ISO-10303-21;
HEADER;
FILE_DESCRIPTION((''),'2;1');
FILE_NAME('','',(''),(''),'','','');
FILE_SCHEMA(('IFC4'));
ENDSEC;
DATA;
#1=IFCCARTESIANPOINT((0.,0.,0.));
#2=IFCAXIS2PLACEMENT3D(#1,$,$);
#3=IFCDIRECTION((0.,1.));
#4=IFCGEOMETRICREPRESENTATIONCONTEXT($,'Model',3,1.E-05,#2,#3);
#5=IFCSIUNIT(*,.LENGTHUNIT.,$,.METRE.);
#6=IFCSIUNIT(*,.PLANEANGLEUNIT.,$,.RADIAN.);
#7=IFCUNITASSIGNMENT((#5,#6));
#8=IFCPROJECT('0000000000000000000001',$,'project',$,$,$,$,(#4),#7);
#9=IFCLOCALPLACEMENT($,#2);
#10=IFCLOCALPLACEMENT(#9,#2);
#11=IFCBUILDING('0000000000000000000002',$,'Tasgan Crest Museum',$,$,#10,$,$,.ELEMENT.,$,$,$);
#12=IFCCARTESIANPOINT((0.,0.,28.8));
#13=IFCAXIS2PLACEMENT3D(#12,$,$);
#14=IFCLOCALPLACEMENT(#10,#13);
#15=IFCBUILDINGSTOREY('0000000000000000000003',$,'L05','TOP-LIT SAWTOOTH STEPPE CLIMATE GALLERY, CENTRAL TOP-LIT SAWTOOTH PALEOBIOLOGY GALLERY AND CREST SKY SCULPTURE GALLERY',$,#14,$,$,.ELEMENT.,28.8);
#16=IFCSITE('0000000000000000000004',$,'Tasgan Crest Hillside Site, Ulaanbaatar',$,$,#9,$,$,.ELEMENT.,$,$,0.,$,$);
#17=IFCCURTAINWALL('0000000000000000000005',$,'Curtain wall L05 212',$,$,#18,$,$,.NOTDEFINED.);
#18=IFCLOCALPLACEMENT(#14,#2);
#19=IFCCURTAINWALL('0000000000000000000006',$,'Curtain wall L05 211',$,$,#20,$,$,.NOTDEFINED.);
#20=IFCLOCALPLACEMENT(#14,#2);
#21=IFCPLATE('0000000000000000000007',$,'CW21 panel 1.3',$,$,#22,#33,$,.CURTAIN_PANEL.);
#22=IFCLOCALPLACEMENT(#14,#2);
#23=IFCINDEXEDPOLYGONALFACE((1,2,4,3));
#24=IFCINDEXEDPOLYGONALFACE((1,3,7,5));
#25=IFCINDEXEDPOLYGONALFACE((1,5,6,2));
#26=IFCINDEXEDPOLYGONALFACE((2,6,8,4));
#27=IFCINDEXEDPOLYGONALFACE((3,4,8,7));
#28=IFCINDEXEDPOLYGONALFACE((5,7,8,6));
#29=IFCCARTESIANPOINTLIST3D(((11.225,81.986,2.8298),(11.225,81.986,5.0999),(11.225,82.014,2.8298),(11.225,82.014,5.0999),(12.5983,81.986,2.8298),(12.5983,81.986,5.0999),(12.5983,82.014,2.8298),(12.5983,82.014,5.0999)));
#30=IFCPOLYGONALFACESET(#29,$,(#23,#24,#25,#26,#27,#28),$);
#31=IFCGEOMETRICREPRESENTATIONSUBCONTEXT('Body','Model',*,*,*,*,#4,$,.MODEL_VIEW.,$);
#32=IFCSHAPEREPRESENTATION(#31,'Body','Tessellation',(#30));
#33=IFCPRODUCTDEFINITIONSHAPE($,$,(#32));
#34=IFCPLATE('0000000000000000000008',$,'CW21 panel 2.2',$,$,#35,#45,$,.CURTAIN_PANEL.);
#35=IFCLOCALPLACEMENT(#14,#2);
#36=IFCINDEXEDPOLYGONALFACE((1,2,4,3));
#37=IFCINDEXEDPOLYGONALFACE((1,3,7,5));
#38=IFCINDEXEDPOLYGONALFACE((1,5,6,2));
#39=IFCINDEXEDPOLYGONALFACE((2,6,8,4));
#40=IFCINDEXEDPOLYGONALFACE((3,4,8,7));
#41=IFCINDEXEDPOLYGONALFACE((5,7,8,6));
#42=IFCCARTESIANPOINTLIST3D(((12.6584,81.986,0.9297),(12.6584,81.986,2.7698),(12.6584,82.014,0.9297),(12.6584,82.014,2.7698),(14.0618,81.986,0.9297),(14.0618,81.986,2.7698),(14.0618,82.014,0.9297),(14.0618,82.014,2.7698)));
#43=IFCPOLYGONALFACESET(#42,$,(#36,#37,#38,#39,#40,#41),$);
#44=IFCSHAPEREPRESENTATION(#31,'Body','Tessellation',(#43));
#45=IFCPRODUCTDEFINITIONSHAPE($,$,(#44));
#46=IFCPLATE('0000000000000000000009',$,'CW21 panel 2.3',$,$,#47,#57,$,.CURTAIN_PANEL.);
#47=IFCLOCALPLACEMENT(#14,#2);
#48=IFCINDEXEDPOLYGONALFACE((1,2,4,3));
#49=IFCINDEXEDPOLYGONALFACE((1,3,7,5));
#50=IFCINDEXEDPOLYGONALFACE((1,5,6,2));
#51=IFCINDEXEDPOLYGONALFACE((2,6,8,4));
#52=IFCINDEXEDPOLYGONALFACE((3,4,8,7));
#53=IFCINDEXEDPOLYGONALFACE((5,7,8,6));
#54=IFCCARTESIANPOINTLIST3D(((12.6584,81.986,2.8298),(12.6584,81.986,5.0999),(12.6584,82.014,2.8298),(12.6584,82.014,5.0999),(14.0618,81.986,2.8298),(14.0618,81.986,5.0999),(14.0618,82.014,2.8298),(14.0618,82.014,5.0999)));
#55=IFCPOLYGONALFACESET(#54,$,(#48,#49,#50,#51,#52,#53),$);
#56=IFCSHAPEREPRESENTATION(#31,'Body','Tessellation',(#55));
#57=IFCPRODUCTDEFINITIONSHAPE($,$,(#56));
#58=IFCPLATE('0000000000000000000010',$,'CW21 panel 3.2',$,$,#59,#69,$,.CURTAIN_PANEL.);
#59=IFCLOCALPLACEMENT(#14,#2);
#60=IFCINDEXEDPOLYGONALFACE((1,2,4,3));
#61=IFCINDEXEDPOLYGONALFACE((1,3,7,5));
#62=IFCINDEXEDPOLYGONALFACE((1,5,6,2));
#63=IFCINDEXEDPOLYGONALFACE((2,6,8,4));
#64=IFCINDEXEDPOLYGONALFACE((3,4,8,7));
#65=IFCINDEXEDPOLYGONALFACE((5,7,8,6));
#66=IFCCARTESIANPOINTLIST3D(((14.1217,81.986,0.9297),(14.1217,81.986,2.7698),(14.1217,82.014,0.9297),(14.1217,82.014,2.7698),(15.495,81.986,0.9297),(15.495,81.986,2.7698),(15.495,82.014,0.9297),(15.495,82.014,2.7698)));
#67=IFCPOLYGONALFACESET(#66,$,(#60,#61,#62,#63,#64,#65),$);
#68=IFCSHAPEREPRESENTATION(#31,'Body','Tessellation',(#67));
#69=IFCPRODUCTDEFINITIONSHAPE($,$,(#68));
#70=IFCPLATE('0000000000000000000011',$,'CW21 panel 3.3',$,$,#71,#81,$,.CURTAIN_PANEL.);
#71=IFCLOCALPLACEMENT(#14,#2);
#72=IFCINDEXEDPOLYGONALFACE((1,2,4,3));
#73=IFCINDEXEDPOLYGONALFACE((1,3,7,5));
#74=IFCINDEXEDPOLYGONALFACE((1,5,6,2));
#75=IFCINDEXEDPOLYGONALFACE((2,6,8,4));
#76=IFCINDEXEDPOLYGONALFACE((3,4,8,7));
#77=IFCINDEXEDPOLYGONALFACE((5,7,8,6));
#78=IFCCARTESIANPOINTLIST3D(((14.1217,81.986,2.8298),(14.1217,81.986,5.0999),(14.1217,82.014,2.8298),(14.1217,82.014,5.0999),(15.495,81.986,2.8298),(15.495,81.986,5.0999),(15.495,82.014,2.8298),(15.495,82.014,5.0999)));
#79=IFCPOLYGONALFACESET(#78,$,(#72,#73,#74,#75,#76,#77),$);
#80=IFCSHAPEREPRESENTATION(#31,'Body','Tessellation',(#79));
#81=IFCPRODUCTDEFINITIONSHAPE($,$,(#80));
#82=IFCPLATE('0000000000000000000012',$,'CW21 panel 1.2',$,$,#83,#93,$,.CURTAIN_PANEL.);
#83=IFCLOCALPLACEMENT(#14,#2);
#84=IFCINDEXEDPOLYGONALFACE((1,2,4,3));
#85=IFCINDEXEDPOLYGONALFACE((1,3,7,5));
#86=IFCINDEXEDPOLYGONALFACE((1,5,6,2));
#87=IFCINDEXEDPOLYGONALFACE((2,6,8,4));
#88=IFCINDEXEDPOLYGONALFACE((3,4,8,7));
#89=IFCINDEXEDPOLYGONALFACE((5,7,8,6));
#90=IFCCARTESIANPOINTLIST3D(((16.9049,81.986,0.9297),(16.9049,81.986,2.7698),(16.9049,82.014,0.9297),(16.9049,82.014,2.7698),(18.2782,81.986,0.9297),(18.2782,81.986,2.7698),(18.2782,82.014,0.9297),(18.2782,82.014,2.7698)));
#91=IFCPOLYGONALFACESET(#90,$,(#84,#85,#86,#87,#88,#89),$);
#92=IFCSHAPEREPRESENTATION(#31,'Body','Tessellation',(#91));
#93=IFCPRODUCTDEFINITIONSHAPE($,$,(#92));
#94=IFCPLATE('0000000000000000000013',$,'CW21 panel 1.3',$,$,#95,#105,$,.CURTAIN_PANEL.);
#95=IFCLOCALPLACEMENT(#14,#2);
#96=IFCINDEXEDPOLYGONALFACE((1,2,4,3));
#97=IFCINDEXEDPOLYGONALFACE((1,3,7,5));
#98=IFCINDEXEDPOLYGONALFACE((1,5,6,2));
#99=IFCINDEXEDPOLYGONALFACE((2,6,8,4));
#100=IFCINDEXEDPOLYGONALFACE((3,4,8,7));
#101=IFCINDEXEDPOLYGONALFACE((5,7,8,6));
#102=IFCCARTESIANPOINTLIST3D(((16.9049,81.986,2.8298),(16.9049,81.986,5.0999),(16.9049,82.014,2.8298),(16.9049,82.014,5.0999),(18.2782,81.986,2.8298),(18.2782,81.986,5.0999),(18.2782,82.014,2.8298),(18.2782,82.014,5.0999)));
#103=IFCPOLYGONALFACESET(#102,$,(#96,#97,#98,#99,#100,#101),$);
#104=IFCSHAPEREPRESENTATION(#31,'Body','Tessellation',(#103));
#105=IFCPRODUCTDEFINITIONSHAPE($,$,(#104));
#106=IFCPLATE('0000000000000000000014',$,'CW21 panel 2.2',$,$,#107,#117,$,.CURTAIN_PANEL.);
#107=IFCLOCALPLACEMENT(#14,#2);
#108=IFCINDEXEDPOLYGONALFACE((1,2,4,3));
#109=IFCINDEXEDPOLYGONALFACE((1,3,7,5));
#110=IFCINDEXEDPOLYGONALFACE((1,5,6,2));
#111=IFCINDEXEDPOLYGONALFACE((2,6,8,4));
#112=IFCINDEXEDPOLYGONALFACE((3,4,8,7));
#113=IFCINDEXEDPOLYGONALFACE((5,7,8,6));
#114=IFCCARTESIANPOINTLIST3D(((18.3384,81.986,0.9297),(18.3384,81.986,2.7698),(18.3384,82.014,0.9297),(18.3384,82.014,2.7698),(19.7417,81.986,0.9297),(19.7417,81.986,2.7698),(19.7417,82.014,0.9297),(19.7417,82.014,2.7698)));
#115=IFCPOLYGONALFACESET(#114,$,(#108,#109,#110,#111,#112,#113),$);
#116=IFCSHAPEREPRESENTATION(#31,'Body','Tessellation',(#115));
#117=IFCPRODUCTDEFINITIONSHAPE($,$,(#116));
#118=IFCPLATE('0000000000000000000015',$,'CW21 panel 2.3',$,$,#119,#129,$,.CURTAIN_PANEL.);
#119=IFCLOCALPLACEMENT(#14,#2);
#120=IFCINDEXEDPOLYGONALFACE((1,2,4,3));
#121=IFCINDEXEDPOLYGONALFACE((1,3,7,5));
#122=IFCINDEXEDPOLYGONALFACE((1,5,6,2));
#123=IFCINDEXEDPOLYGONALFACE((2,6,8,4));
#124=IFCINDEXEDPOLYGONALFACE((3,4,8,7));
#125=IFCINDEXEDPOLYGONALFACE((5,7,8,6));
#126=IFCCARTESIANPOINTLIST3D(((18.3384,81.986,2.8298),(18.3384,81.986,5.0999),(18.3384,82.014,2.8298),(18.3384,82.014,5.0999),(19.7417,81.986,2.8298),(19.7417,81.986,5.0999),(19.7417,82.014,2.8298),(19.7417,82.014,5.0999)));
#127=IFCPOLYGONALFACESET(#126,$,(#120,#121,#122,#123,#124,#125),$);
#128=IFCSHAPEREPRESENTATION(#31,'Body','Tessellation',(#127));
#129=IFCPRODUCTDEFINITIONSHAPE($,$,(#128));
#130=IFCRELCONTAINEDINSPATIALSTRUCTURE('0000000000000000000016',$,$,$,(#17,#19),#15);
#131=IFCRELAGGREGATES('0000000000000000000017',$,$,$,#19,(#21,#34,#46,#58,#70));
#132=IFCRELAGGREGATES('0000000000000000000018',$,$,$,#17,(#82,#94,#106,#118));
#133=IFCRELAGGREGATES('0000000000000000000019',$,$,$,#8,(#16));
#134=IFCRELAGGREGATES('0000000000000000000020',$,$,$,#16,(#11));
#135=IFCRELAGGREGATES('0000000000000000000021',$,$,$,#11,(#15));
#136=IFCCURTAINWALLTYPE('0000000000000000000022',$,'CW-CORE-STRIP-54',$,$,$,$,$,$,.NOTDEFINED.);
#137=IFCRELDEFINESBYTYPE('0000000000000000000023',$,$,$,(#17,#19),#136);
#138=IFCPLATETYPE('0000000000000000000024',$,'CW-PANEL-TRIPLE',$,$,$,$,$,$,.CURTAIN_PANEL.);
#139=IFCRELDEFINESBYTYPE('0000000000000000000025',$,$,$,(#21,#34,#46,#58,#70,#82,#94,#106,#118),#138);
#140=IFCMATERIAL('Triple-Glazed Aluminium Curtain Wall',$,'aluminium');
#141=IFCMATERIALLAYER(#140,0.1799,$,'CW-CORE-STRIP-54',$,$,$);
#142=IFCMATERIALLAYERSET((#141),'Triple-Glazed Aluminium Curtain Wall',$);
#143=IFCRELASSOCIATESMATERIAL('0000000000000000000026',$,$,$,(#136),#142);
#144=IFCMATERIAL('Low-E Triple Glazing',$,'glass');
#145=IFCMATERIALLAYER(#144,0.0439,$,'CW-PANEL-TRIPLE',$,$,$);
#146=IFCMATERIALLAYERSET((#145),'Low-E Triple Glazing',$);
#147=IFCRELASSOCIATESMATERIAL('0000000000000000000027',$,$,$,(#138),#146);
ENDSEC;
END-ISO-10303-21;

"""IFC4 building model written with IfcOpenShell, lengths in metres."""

from ifc_helpers import new_model, si_unit, direction, frame, origin, origin_2d, place, context, subcontext, project, spatial, rectangle, extrude, material, layer, layer_set, type_object, element, aggregate, save


model = new_model("IFC4")

# Units and contexts
model_context = context("Model", 3, precision=1e-05, world=origin(), true_north=direction((0.0, 1.0)))
body_context = subcontext(model_context, "Body", "Model", "MODEL_VIEW")
ifc_project = project(units=[si_unit("LENGTHUNIT", "METRE"), si_unit("PLANEANGLEUNIT", "RADIAN")], contexts=[model_context])

# Site, building, storey
site_placement = place(None, origin())
site = spatial("IfcSite", under=ifc_project, at=site_placement, Name="Tasgan Crest Hillside Site, Ulaanbaatar", CompositionType="ELEMENT", RefElevation=0.0)
building_placement = place(site_placement, origin())
building = spatial("IfcBuilding", under=site, at=building_placement, Name="Tasgan Crest Museum", CompositionType="ELEMENT")
storey_placement = place(building_placement, frame((0.0, 0.0, 28.8)))
storey = spatial("IfcBuildingStorey", under=building, at=storey_placement, Name="L05", Description="TOP-LIT SAWTOOTH STEPPE CLIMATE GALLERY, CENTRAL TOP-LIT SAWTOOTH PALEOBIOLOGY GALLERY AND CREST SKY SCULPTURE GALLERY", CompositionType="ELEMENT", Elevation=28.8)

# Curtain walls
ifc_material_1 = material(Name="Triple-Glazed Aluminium Curtain Wall", Category="aluminium")
ifc_layer_1 = layer(ifc_material_1, 0.1799, Name="CW-CORE-STRIP-54")
ifc_layer_set_1 = layer_set([ifc_layer_1], Name="Triple-Glazed Aluminium Curtain Wall")
curtain_wall_type = type_object("IfcCurtainWallType", Name="CW-CORE-STRIP-54", PredefinedType="NOTDEFINED", material=ifc_layer_set_1)
curtain_wall_1_placement = place(storey_placement, origin())
curtain_wall_1 = element("IfcCurtainWall", 1, at=curtain_wall_1_placement, inside=storey, type_object=curtain_wall_type, Name="Curtain wall L05 212", PredefinedType="NOTDEFINED")
curtain_wall_2_placement = place(storey_placement, origin())
curtain_wall_2 = element("IfcCurtainWall", 2, at=curtain_wall_2_placement, inside=storey, type_object=curtain_wall_type, Name="Curtain wall L05 211", PredefinedType="NOTDEFINED")

# Plates
ifc_material_2 = material(Name="Low-E Triple Glazing", Category="glass")
ifc_layer_2 = layer(ifc_material_2, 0.0439, Name="CW-PANEL-TRIPLE")
ifc_layer_set_2 = layer_set([ifc_layer_2], Name="Low-E Triple Glazing")
plate_type_1 = type_object("IfcPlateType", Name="CW-PANEL-TRIPLE", PredefinedType="CURTAIN_PANEL", material=ifc_layer_set_2)
plate_1_placement = place(storey_placement, frame((11.9116, 82.0, 2.8298), z_axis=(0.0, 0.0, 1.0), x_axis=(1.0, 0.0, 0.0)))
plate_1 = element("IfcPlate", 3, at=plate_1_placement, type_object=plate_type_1, Name="CW21 panel 1.3", PredefinedType="CURTAIN_PANEL", context=body_context, shape_type="SweptSolid", body=[
    extrude(rectangle(XDim=1.3733, YDim=0.0281, at=origin_2d()), origin(), (0.0, 0.0, 1.0), 2.27),
])
plate_2_placement = place(storey_placement, frame((13.3601, 82.0, 0.9297), z_axis=(0.0, 0.0, 1.0), x_axis=(1.0, 0.0, 0.0)))
plate_2 = element("IfcPlate", 4, at=plate_2_placement, type_object=plate_type_1, Name="CW21 panel 2.2", PredefinedType="CURTAIN_PANEL", context=body_context, shape_type="SweptSolid", body=[
    extrude(rectangle(XDim=1.4033, YDim=0.0281, at=origin_2d()), origin(), (0.0, 0.0, 1.0), 1.8401),
])
plate_3_placement = place(storey_placement, frame((13.3601, 82.0, 2.8298), z_axis=(0.0, 0.0, 1.0), x_axis=(1.0, 0.0, 0.0)))
plate_3 = element("IfcPlate", 5, at=plate_3_placement, type_object=plate_type_1, Name="CW21 panel 2.3", PredefinedType="CURTAIN_PANEL", context=body_context, shape_type="SweptSolid", body=[
    extrude(rectangle(XDim=1.4033, YDim=0.0281, at=origin_2d()), origin(), (0.0, 0.0, 1.0), 2.27),
])
plate_4_placement = place(storey_placement, frame((14.8083, 82.0, 0.9297), z_axis=(0.0, 0.0, 1.0), x_axis=(1.0, 0.0, 0.0)))
plate_4 = element("IfcPlate", 6, at=plate_4_placement, type_object=plate_type_1, Name="CW21 panel 3.2", PredefinedType="CURTAIN_PANEL", context=body_context, shape_type="SweptSolid", body=[
    extrude(rectangle(XDim=1.3733, YDim=0.0281, at=origin_2d()), origin(), (0.0, 0.0, 1.0), 1.8401),
])
plate_5_placement = place(storey_placement, frame((14.8083, 82.0, 2.8298), z_axis=(0.0, 0.0, 1.0), x_axis=(1.0, 0.0, 0.0)))
plate_5 = element("IfcPlate", 7, at=plate_5_placement, type_object=plate_type_1, Name="CW21 panel 3.3", PredefinedType="CURTAIN_PANEL", context=body_context, shape_type="SweptSolid", body=[
    extrude(rectangle(XDim=1.3733, YDim=0.0281, at=origin_2d()), origin(), (0.0, 0.0, 1.0), 2.27),
])
aggregate(curtain_wall_2, [plate_1, plate_2, plate_3, plate_4, plate_5])
plate_6_placement = place(storey_placement, frame((17.5916, 82.0, 0.9297), z_axis=(0.0, 0.0, 1.0), x_axis=(1.0, 0.0, 0.0)))
plate_6 = element("IfcPlate", 8, at=plate_6_placement, type_object=plate_type_1, Name="CW21 panel 1.2", PredefinedType="CURTAIN_PANEL", context=body_context, shape_type="SweptSolid", body=[
    extrude(rectangle(XDim=1.3733, YDim=0.0281, at=origin_2d()), origin(), (0.0, 0.0, 1.0), 1.8401),
])
plate_7_placement = place(storey_placement, frame((17.5916, 82.0, 2.8298), z_axis=(0.0, 0.0, 1.0), x_axis=(1.0, 0.0, 0.0)))
plate_7 = element("IfcPlate", 9, at=plate_7_placement, type_object=plate_type_1, Name="CW21 panel 1.3", PredefinedType="CURTAIN_PANEL", context=body_context, shape_type="SweptSolid", body=[
    extrude(rectangle(XDim=1.3733, YDim=0.0281, at=origin_2d()), origin(), (0.0, 0.0, 1.0), 2.27),
])
plate_8_placement = place(storey_placement, frame((19.04, 82.0, 0.9297), z_axis=(0.0, 0.0, 1.0), x_axis=(1.0, 0.0, 0.0)))
plate_8 = element("IfcPlate", 10, at=plate_8_placement, type_object=plate_type_1, Name="CW21 panel 2.2", PredefinedType="CURTAIN_PANEL", context=body_context, shape_type="SweptSolid", body=[
    extrude(rectangle(XDim=1.4033, YDim=0.0281, at=origin_2d()), origin(), (0.0, 0.0, 1.0), 1.8401),
])
plate_9_placement = place(storey_placement, frame((19.04, 82.0, 2.8298), z_axis=(0.0, 0.0, 1.0), x_axis=(1.0, 0.0, 0.0)))
plate_9 = element("IfcPlate", 11, at=plate_9_placement, type_object=plate_type_1, Name="CW21 panel 2.3", PredefinedType="CURTAIN_PANEL", context=body_context, shape_type="SweptSolid", body=[
    extrude(rectangle(XDim=1.4033, YDim=0.0281, at=origin_2d()), origin(), (0.0, 0.0, 1.0), 2.27),
])
aggregate(curtain_wall_1, [plate_6, plate_7, plate_8, plate_9])

save(model, "model.ifc")
